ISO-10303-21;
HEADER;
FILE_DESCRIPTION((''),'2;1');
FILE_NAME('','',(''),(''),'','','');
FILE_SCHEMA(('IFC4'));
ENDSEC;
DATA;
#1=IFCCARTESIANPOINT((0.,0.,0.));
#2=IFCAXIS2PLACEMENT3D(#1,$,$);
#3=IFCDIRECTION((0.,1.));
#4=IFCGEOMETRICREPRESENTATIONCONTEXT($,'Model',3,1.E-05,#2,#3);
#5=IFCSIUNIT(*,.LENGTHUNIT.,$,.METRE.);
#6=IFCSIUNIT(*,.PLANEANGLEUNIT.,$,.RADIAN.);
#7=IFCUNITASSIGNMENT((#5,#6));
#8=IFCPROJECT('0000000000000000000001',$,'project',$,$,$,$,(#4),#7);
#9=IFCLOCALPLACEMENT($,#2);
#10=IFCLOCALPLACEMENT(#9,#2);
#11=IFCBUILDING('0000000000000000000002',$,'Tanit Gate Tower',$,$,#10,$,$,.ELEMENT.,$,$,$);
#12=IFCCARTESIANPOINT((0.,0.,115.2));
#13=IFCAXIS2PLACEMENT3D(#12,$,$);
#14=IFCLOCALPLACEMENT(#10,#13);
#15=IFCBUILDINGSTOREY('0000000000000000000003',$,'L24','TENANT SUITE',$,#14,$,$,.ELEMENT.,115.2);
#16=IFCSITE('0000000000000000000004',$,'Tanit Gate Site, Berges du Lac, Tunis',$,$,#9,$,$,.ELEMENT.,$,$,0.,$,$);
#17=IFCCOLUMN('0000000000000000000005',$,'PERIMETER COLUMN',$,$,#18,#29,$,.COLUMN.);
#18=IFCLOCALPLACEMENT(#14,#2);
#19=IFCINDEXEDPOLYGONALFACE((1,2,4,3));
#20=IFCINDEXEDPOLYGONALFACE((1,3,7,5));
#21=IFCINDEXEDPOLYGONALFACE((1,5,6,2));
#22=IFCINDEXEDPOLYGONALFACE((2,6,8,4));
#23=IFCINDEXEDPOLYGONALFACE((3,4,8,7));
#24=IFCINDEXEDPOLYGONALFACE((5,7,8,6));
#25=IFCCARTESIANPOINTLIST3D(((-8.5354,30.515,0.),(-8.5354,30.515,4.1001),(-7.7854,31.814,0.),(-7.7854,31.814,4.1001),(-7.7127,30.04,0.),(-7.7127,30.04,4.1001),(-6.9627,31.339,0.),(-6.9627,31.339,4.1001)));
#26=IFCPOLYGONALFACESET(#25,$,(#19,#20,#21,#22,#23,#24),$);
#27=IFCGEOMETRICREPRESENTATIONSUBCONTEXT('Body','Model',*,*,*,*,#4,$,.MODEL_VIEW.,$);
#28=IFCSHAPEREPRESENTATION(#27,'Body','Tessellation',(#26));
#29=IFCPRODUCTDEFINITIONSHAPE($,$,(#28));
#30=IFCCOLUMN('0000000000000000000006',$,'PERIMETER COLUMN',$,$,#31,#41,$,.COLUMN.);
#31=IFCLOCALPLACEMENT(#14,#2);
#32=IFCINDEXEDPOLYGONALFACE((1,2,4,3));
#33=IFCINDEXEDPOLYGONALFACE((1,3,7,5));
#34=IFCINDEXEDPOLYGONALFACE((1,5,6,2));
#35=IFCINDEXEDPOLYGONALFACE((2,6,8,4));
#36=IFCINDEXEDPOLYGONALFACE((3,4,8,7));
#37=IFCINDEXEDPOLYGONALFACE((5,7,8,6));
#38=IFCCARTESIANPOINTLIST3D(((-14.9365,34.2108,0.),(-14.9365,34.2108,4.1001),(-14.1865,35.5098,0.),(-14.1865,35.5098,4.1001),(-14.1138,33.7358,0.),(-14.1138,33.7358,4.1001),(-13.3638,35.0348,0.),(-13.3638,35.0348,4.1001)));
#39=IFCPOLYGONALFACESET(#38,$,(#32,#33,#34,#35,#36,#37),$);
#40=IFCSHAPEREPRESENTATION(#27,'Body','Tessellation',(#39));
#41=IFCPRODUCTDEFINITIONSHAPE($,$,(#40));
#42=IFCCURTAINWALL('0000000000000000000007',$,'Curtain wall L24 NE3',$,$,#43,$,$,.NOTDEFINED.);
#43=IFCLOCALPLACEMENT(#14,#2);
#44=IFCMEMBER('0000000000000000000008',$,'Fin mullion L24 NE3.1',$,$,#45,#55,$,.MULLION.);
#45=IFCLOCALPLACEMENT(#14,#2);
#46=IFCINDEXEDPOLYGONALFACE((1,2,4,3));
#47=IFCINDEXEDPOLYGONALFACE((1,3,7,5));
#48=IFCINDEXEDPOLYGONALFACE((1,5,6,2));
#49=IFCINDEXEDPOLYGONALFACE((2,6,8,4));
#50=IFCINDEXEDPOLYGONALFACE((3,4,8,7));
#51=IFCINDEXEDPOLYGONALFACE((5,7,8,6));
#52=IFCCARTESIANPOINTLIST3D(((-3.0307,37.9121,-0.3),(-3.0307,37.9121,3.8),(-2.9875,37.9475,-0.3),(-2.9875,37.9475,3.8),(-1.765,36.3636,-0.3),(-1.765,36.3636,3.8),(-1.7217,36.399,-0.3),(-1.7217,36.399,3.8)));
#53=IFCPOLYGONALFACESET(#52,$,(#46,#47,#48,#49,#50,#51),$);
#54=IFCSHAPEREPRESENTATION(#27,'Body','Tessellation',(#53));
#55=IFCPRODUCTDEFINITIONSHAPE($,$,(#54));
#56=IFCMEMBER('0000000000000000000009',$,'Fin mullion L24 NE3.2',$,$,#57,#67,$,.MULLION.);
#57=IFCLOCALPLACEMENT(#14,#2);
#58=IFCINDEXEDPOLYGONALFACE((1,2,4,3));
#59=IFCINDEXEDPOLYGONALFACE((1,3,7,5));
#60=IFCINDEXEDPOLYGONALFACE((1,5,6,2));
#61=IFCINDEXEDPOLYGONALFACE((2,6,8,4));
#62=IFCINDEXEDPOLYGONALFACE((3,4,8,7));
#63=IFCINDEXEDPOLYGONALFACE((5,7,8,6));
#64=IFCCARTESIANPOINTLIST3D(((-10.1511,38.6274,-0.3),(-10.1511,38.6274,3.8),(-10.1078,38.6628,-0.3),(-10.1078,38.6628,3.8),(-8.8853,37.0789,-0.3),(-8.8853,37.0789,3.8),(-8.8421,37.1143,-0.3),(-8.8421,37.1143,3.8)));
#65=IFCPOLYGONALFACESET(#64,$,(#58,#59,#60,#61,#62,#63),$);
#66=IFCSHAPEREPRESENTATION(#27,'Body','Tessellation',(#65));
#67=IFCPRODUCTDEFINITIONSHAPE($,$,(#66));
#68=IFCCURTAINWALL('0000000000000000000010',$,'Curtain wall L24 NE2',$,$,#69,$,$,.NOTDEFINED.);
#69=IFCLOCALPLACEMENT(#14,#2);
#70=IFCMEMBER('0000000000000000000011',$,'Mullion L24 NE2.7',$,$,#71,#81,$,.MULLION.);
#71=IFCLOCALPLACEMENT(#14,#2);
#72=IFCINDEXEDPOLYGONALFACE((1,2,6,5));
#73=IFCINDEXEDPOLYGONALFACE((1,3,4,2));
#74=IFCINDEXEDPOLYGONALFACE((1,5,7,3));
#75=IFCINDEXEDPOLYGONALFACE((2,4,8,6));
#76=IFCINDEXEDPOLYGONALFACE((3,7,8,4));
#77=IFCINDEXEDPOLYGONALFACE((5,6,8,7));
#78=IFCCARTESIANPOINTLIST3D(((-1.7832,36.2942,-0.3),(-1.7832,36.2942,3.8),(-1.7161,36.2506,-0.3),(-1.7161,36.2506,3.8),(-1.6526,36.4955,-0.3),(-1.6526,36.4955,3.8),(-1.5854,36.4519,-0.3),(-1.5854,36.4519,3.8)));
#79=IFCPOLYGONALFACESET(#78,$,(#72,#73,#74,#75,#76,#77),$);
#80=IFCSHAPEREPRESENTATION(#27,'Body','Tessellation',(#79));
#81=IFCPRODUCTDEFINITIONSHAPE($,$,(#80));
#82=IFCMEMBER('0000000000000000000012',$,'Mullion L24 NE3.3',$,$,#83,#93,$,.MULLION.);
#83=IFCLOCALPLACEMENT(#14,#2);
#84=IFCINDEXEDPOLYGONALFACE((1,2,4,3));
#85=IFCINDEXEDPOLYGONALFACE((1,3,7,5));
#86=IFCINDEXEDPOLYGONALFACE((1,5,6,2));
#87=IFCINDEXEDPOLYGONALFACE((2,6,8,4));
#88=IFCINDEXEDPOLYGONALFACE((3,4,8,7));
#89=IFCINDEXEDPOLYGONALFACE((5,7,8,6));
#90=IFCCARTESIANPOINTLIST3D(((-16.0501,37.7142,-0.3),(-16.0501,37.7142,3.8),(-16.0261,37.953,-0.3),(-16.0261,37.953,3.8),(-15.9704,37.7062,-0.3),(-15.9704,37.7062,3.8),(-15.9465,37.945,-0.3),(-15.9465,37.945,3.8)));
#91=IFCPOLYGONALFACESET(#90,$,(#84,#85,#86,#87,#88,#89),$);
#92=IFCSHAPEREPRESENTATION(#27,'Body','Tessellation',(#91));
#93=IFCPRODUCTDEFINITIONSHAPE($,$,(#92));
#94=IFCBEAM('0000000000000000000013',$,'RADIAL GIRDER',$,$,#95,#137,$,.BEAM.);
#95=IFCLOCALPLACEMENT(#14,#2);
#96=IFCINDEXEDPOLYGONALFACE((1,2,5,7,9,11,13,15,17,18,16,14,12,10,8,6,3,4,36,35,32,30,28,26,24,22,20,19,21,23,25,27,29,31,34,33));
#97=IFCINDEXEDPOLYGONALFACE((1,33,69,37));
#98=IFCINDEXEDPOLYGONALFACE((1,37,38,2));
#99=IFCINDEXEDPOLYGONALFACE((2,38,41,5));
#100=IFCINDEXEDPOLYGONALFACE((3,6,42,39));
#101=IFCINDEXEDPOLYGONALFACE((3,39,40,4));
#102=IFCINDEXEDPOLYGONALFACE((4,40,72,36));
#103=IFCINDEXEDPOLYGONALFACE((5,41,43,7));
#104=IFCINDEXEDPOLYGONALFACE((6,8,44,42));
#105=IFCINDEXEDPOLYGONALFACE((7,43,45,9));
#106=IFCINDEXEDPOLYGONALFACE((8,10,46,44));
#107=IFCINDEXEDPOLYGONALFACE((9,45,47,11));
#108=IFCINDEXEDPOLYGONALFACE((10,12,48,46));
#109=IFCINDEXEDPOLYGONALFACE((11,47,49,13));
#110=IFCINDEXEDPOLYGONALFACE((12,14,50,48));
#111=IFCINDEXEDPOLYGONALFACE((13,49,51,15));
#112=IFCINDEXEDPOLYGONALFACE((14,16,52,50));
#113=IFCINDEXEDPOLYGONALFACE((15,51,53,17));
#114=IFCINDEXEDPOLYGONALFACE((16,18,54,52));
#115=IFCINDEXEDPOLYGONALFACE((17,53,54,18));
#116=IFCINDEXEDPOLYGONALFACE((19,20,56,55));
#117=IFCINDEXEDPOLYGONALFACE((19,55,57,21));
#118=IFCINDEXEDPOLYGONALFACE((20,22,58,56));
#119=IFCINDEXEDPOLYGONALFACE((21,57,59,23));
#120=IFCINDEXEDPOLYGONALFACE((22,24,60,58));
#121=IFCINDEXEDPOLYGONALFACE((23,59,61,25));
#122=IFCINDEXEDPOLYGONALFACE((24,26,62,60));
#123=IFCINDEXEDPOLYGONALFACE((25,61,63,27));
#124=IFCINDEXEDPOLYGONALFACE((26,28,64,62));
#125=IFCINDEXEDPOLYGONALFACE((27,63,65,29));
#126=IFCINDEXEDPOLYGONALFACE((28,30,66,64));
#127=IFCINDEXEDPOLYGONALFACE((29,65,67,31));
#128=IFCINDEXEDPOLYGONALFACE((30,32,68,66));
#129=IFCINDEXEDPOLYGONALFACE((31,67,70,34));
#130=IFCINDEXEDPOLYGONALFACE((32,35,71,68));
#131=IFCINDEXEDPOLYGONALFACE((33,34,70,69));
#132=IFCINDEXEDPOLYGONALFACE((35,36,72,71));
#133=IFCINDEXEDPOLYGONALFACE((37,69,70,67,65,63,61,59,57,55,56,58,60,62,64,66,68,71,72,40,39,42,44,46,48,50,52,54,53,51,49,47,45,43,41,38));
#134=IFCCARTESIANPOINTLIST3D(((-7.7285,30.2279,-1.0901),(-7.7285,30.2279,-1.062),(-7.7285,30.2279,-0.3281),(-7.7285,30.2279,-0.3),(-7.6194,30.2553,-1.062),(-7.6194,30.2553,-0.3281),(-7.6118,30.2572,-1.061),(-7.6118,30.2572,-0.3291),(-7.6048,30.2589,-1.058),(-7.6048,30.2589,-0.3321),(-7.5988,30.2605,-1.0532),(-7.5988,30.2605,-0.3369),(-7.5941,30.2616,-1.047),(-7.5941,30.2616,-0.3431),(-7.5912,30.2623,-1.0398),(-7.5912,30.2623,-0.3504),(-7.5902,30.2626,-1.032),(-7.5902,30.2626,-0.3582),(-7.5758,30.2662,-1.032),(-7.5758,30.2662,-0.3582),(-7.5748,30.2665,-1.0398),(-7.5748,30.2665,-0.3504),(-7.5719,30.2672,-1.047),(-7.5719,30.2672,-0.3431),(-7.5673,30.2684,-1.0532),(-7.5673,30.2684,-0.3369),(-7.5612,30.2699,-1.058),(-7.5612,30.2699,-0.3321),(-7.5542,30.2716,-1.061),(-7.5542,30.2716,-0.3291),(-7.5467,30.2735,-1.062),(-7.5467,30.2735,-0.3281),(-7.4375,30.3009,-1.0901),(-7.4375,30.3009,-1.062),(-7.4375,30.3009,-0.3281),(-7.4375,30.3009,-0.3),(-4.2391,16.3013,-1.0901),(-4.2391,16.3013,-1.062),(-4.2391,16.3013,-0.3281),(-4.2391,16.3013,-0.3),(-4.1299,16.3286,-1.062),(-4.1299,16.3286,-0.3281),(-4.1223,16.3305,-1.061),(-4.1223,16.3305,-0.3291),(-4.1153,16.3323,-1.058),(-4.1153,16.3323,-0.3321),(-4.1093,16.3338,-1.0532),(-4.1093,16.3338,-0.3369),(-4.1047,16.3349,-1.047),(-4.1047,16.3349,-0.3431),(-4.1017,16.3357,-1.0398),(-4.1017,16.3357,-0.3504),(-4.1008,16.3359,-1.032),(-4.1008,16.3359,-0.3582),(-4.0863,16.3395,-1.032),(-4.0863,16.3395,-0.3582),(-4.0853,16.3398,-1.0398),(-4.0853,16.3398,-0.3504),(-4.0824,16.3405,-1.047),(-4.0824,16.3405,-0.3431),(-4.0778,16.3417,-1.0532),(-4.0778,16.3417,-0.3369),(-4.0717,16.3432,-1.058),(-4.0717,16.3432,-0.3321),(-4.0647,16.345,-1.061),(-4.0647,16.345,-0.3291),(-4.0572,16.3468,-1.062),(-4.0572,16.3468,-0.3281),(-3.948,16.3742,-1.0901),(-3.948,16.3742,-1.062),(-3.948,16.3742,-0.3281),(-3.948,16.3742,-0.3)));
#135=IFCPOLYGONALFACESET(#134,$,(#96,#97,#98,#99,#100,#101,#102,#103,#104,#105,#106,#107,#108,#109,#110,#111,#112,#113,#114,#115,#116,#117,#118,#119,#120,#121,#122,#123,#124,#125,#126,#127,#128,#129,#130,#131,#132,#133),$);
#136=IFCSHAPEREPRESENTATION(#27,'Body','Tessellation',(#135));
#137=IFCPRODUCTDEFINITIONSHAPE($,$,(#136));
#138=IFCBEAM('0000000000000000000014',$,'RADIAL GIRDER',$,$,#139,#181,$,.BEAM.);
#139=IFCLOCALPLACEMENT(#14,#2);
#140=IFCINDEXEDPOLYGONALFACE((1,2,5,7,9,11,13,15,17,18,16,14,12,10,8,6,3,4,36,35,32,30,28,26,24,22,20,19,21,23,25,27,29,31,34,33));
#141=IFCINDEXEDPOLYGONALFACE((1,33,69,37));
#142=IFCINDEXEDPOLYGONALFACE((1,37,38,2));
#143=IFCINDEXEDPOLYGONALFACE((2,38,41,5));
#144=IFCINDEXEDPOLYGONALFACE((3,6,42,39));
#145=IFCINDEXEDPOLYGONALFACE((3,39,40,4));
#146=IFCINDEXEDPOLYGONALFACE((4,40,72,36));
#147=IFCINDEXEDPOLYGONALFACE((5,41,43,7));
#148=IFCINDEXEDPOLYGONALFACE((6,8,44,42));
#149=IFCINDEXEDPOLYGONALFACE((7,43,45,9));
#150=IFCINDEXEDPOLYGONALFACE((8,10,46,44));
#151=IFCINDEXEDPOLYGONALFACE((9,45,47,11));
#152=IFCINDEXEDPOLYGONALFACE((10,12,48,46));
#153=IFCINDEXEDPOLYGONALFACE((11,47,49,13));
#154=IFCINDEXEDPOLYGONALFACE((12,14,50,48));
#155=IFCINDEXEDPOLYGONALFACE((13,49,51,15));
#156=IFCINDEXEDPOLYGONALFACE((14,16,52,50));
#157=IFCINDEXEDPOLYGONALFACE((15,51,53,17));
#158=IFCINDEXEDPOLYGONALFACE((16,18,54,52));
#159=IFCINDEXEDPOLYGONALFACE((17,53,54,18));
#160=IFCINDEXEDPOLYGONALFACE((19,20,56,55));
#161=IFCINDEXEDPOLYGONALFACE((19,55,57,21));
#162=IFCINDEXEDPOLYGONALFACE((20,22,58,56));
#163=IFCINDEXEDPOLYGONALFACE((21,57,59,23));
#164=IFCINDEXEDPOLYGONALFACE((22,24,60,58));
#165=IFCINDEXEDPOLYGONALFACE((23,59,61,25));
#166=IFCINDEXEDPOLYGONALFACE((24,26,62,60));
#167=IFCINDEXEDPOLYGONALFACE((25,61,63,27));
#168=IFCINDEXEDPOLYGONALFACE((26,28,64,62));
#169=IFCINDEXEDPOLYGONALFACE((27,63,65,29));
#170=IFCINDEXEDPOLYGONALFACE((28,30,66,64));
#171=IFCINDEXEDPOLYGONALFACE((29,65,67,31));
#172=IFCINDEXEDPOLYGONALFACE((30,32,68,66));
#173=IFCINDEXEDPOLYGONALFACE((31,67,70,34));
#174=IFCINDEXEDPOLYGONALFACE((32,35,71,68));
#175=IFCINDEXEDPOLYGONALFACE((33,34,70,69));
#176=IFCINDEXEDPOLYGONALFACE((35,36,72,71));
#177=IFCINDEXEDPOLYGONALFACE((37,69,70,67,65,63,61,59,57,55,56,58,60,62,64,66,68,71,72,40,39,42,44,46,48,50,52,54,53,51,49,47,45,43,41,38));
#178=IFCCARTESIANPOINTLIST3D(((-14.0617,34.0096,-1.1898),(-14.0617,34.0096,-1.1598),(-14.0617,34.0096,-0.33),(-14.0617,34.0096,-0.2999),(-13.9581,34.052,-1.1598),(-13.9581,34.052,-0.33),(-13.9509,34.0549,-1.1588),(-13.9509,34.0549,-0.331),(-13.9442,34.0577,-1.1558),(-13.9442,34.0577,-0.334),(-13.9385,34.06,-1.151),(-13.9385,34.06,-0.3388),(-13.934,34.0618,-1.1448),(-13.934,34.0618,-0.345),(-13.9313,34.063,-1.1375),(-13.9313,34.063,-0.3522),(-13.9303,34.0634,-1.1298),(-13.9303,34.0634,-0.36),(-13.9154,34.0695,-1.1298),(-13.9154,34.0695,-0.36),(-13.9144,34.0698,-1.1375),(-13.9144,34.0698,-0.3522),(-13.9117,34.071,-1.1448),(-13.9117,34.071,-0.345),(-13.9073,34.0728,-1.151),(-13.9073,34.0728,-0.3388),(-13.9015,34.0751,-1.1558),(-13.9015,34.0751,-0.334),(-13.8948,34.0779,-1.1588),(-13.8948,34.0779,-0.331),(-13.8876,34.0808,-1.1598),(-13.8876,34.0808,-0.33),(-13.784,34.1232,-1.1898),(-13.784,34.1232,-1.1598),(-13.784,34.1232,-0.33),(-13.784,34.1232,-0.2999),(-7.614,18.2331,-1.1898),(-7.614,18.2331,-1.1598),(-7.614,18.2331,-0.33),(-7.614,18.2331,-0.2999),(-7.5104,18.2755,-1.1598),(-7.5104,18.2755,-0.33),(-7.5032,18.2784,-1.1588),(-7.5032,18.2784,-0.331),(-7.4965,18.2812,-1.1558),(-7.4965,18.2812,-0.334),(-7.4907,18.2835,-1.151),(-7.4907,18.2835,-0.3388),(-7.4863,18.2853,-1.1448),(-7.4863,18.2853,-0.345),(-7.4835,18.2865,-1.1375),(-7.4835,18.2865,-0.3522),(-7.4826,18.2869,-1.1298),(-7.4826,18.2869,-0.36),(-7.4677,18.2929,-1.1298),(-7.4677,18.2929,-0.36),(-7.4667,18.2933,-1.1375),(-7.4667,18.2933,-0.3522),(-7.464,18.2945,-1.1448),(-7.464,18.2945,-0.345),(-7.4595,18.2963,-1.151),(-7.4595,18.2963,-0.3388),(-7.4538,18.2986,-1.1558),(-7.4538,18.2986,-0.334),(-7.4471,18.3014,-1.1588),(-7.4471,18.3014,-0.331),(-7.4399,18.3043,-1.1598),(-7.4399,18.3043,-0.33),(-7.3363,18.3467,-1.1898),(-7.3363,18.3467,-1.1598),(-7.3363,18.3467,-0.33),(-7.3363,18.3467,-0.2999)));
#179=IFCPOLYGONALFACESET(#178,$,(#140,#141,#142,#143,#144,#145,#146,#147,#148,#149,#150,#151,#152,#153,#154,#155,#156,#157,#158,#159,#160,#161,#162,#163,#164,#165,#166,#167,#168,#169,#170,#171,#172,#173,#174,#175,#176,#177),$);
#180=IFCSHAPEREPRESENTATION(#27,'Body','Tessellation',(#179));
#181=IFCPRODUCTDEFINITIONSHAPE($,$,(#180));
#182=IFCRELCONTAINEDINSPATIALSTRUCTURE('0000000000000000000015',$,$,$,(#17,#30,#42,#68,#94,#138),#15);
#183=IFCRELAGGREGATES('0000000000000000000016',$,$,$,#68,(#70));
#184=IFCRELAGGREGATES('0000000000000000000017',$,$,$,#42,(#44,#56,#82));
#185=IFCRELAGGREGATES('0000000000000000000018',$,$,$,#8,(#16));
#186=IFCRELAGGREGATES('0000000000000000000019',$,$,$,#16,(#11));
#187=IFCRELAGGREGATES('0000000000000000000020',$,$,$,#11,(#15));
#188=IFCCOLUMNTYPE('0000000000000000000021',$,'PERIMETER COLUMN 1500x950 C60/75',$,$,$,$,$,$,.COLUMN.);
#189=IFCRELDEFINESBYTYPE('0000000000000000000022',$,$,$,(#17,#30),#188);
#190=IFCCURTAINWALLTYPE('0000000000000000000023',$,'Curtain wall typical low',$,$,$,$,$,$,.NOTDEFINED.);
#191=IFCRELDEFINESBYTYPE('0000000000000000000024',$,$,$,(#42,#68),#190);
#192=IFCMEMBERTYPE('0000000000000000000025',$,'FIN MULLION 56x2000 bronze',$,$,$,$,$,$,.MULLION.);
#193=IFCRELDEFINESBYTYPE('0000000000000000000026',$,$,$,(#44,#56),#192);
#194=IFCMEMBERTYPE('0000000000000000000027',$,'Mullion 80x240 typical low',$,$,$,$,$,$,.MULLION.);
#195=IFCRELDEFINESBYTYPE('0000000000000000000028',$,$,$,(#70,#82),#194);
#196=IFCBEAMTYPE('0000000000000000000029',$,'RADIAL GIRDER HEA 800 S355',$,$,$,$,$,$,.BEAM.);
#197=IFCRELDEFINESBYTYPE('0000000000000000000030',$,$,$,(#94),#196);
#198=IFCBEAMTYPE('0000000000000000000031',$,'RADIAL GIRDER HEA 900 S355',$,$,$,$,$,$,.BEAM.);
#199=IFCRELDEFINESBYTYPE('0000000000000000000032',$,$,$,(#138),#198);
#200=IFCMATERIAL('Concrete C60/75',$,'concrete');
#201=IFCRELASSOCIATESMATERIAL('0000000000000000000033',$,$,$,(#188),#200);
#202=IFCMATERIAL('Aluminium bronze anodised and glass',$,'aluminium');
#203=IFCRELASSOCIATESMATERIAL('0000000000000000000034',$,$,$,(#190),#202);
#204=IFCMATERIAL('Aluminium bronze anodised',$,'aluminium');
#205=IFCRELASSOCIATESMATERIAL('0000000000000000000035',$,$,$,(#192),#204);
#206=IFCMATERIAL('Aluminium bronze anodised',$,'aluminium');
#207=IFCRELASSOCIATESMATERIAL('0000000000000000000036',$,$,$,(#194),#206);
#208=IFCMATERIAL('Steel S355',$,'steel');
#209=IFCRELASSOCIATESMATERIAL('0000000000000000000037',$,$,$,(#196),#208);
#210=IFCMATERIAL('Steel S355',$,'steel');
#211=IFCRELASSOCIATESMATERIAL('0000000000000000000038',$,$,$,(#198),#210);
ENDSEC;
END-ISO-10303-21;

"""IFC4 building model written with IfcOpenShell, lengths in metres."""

from ifc_helpers import new_model, si_unit, direction, frame, origin, origin_2d, place, context, subcontext, project, spatial, rectangle, i_section, extrude, material, material_profile, profile_set, type_object, element, aggregate, save


model = new_model("IFC4")

# Units and contexts
model_context = context("Model", 3, precision=1e-05, world=origin(), true_north=direction((0.0, 1.0)))
body_context = subcontext(model_context, "Body", "Model", "MODEL_VIEW")
ifc_project = project(units=[si_unit("LENGTHUNIT", "METRE"), si_unit("PLANEANGLEUNIT", "RADIAN")], contexts=[model_context])

# Site, building, storey
site_placement = place(None, origin())
site = spatial("IfcSite", under=ifc_project, at=site_placement, Name="Tanit Gate Site, Berges du Lac, Tunis", CompositionType="ELEMENT", RefElevation=0.0)
building_placement = place(site_placement, origin())
building = spatial("IfcBuilding", under=site, at=building_placement, Name="Tanit Gate Tower", CompositionType="ELEMENT")
storey_placement = place(building_placement, frame((0.0, 0.0, 115.2)))
storey = spatial("IfcBuildingStorey", under=building, at=storey_placement, Name="L24", Description="TENANT SUITE", CompositionType="ELEMENT", Elevation=115.2)

# Columns
ifc_material_1 = material(Name="Concrete C60/75", Category="concrete")
ifc_material_profile_1 = material_profile(ifc_material_1, rectangle(XDim=1.5, YDim=0.95, at=origin_2d()), Name="RC 1500x950")
ifc_profile_set_1 = profile_set([ifc_material_profile_1], Name="Concrete C60/75")
column_type = type_object("IfcColumnType", Name="PERIMETER COLUMN 1500x950 C60/75", PredefinedType="COLUMN", material=ifc_profile_set_1)
for number, where, z_axis, x_axis, name in (
    (1, (-7.749, 30.927, 0.0), (0.0, 0.0, 1.0), (0.5, 0.866025, 0.0), "PERIMETER COLUMN"),
    (2, (-14.1501, 34.6228, 0.0), (0.0, 0.0, 1.0), (0.5, 0.866025, 0.0), "PERIMETER COLUMN"),
):
    element("IfcColumn", number, at=place(storey_placement, frame(where, z_axis=z_axis, x_axis=x_axis)), inside=storey, type_object=column_type, Name=name, PredefinedType="COLUMN", context=body_context, shape_type="SweptSolid", body=[
        extrude(rectangle(XDim=1.5, YDim=0.95, at=origin_2d()), origin(), (0.0, 0.0, 1.0), 4.1001),
    ])

# Curtain wall, members
ifc_material_2 = material(Name="Aluminium bronze anodised and glass", Category="aluminium")
curtain_wall_type = type_object("IfcCurtainWallType", Name="Curtain wall typical low", PredefinedType="NOTDEFINED", material=ifc_material_2)
curtain_wall_1_placement = place(storey_placement, origin())
curtain_wall_1 = element("IfcCurtainWall", 3, at=curtain_wall_1_placement, inside=storey, type_object=curtain_wall_type, Name="Curtain wall L24 NE3", PredefinedType="NOTDEFINED")
ifc_material_3 = material(Name="Aluminium bronze anodised", Category="aluminium")
ifc_material_profile_2 = material_profile(ifc_material_3, rectangle(XDim=2.0, YDim=0.0559, at=origin_2d()), Name="56x2000 bronze fin mullion")
ifc_profile_set_2 = profile_set([ifc_material_profile_2], Name="Aluminium bronze anodised")
member_type_1 = type_object("IfcMemberType", Name="FIN MULLION 56x2000 bronze", PredefinedType="MULLION", material=ifc_profile_set_2)
member_1_placement = place(storey_placement, frame((-2.3762, 37.1555, -0.3), z_axis=(0.0, 0.0, 1.0), x_axis=(0.632883, -0.774247, 0.0)))
member_1 = element("IfcMember", 4, at=member_1_placement, type_object=member_type_1, Name="Fin mullion L24 NE3.1", PredefinedType="MULLION", context=body_context, shape_type="SweptSolid", body=[
    extrude(rectangle(XDim=2.0, YDim=0.0559, at=origin_2d()), origin(), (0.0, 0.0, 1.0), 4.1001),
])
member_2_placement = place(storey_placement, frame((-9.4966, 37.8708, -0.3), z_axis=(0.0, 0.0, 1.0), x_axis=(0.632883, -0.774247, 0.0)))
member_2 = element("IfcMember", 5, at=member_2_placement, type_object=member_type_1, Name="Fin mullion L24 NE3.2", PredefinedType="MULLION", context=body_context, shape_type="SweptSolid", body=[
    extrude(rectangle(XDim=2.0, YDim=0.0559, at=origin_2d()), origin(), (0.0, 0.0, 1.0), 4.1001),
])

# Curtain wall, member
curtain_wall_2_placement = place(storey_placement, origin())
curtain_wall_2 = element("IfcCurtainWall", 6, at=curtain_wall_2_placement, inside=storey, type_object=curtain_wall_type, Name="Curtain wall L24 NE2", PredefinedType="NOTDEFINED")
ifc_material_4 = material(Name="Aluminium bronze anodised", Category="aluminium")
ifc_material_profile_3 = material_profile(ifc_material_4, rectangle(XDim=0.24, YDim=0.0801, at=origin_2d()), Name="80x240 bronze mullion")
ifc_profile_set_3 = profile_set([ifc_material_profile_3], Name="Aluminium bronze anodised")
member_type_2 = type_object("IfcMemberType", Name="Mullion 80x240 typical low", PredefinedType="MULLION", material=ifc_profile_set_3)
member_3_placement = place(storey_placement, frame((-1.6843, 36.373, -0.3), z_axis=(0.0, 0.0, 1.0), x_axis=(-0.544359, -0.838852, 0.0)))
member_3 = element("IfcMember", 7, at=member_3_placement, type_object=member_type_2, Name="Mullion L24 NE2.7", PredefinedType="MULLION", context=body_context, shape_type="SweptSolid", body=[
    extrude(rectangle(XDim=0.24, YDim=0.0801, at=origin_2d()), origin(), (0.0, 0.0, 1.0), 4.1001),
])
aggregate(curtain_wall_2, [member_3])

# Member
member_4_placement = place(storey_placement, frame((-15.9983, 37.8296, -0.3), z_axis=(0.0, 0.0, 1.0), x_axis=(-0.099959, -0.994992, 0.0)))
member_4 = element("IfcMember", 8, at=member_4_placement, type_object=member_type_2, Name="Mullion L24 NE3.3", PredefinedType="MULLION", context=body_context, shape_type="SweptSolid", body=[
    extrude(rectangle(XDim=0.24, YDim=0.0801, at=origin_2d()), origin(), (0.0, 0.0, 1.0), 4.1001),
])

# Beams
ifc_material_5 = material(Name="Steel S355", Category="steel")
ifc_material_profile_4 = material_profile(ifc_material_5, i_section(OverallWidth=0.3, OverallDepth=0.79, WebThickness=0.0149, FlangeThickness=0.0281, FilletRadius=0.03, at=origin_2d()), Name="HEA 800")
ifc_profile_set_4 = profile_set([ifc_material_profile_4], Name="Steel S355")
beam_type_1 = type_object("IfcBeamType", Name="RADIAL GIRDER HEA 800 S355", PredefinedType="BEAM", material=ifc_profile_set_4)
beam_1_placement = place(storey_placement, frame((-7.583, 30.2644, -0.6951), z_axis=(0.243048, -0.970014, 0.0), x_axis=(0.970014, 0.243048, 0.0)))
element("IfcBeam", 9, at=beam_1_placement, inside=storey, type_object=beam_type_1, Name="RADIAL GIRDER", PredefinedType="BEAM", context=body_context, shape_type="SweptSolid", body=[
    extrude(i_section(OverallWidth=0.3, OverallDepth=0.79, WebThickness=0.0149, FlangeThickness=0.0281, FilletRadius=0.03, at=origin_2d()), origin(), (0.0, 0.0, 1.0), 14.3572),
])
ifc_material_6 = material(Name="Steel S355", Category="steel")
ifc_material_profile_5 = material_profile(ifc_material_6, i_section(OverallWidth=0.3, OverallDepth=0.8899, WebThickness=0.0161, FlangeThickness=0.03, FilletRadius=0.03, at=origin_2d()), Name="HEA 900")
ifc_profile_set_5 = profile_set([ifc_material_profile_5], Name="Steel S355")
beam_type_2 = type_object("IfcBeamType", Name="RADIAL GIRDER HEA 900 S355", PredefinedType="BEAM", material=ifc_profile_set_5)
beam_2_placement = place(storey_placement, frame((-13.9229, 34.0664, -0.7449), z_axis=(0.378315, -0.925677, 0.0), x_axis=(0.925677, 0.378315, 0.0)))
element("IfcBeam", 10, at=beam_2_placement, inside=storey, type_object=beam_type_2, Name="RADIAL GIRDER", PredefinedType="BEAM", context=body_context, shape_type="SweptSolid", body=[
    extrude(i_section(OverallWidth=0.3, OverallDepth=0.8899, WebThickness=0.0161, FlangeThickness=0.03, FilletRadius=0.03, at=origin_2d()), origin(), (0.0, 0.0, 1.0), 17.0432),
])

aggregate(curtain_wall_1, [member_1, member_2, member_4])

save(model, "model.ifc")
